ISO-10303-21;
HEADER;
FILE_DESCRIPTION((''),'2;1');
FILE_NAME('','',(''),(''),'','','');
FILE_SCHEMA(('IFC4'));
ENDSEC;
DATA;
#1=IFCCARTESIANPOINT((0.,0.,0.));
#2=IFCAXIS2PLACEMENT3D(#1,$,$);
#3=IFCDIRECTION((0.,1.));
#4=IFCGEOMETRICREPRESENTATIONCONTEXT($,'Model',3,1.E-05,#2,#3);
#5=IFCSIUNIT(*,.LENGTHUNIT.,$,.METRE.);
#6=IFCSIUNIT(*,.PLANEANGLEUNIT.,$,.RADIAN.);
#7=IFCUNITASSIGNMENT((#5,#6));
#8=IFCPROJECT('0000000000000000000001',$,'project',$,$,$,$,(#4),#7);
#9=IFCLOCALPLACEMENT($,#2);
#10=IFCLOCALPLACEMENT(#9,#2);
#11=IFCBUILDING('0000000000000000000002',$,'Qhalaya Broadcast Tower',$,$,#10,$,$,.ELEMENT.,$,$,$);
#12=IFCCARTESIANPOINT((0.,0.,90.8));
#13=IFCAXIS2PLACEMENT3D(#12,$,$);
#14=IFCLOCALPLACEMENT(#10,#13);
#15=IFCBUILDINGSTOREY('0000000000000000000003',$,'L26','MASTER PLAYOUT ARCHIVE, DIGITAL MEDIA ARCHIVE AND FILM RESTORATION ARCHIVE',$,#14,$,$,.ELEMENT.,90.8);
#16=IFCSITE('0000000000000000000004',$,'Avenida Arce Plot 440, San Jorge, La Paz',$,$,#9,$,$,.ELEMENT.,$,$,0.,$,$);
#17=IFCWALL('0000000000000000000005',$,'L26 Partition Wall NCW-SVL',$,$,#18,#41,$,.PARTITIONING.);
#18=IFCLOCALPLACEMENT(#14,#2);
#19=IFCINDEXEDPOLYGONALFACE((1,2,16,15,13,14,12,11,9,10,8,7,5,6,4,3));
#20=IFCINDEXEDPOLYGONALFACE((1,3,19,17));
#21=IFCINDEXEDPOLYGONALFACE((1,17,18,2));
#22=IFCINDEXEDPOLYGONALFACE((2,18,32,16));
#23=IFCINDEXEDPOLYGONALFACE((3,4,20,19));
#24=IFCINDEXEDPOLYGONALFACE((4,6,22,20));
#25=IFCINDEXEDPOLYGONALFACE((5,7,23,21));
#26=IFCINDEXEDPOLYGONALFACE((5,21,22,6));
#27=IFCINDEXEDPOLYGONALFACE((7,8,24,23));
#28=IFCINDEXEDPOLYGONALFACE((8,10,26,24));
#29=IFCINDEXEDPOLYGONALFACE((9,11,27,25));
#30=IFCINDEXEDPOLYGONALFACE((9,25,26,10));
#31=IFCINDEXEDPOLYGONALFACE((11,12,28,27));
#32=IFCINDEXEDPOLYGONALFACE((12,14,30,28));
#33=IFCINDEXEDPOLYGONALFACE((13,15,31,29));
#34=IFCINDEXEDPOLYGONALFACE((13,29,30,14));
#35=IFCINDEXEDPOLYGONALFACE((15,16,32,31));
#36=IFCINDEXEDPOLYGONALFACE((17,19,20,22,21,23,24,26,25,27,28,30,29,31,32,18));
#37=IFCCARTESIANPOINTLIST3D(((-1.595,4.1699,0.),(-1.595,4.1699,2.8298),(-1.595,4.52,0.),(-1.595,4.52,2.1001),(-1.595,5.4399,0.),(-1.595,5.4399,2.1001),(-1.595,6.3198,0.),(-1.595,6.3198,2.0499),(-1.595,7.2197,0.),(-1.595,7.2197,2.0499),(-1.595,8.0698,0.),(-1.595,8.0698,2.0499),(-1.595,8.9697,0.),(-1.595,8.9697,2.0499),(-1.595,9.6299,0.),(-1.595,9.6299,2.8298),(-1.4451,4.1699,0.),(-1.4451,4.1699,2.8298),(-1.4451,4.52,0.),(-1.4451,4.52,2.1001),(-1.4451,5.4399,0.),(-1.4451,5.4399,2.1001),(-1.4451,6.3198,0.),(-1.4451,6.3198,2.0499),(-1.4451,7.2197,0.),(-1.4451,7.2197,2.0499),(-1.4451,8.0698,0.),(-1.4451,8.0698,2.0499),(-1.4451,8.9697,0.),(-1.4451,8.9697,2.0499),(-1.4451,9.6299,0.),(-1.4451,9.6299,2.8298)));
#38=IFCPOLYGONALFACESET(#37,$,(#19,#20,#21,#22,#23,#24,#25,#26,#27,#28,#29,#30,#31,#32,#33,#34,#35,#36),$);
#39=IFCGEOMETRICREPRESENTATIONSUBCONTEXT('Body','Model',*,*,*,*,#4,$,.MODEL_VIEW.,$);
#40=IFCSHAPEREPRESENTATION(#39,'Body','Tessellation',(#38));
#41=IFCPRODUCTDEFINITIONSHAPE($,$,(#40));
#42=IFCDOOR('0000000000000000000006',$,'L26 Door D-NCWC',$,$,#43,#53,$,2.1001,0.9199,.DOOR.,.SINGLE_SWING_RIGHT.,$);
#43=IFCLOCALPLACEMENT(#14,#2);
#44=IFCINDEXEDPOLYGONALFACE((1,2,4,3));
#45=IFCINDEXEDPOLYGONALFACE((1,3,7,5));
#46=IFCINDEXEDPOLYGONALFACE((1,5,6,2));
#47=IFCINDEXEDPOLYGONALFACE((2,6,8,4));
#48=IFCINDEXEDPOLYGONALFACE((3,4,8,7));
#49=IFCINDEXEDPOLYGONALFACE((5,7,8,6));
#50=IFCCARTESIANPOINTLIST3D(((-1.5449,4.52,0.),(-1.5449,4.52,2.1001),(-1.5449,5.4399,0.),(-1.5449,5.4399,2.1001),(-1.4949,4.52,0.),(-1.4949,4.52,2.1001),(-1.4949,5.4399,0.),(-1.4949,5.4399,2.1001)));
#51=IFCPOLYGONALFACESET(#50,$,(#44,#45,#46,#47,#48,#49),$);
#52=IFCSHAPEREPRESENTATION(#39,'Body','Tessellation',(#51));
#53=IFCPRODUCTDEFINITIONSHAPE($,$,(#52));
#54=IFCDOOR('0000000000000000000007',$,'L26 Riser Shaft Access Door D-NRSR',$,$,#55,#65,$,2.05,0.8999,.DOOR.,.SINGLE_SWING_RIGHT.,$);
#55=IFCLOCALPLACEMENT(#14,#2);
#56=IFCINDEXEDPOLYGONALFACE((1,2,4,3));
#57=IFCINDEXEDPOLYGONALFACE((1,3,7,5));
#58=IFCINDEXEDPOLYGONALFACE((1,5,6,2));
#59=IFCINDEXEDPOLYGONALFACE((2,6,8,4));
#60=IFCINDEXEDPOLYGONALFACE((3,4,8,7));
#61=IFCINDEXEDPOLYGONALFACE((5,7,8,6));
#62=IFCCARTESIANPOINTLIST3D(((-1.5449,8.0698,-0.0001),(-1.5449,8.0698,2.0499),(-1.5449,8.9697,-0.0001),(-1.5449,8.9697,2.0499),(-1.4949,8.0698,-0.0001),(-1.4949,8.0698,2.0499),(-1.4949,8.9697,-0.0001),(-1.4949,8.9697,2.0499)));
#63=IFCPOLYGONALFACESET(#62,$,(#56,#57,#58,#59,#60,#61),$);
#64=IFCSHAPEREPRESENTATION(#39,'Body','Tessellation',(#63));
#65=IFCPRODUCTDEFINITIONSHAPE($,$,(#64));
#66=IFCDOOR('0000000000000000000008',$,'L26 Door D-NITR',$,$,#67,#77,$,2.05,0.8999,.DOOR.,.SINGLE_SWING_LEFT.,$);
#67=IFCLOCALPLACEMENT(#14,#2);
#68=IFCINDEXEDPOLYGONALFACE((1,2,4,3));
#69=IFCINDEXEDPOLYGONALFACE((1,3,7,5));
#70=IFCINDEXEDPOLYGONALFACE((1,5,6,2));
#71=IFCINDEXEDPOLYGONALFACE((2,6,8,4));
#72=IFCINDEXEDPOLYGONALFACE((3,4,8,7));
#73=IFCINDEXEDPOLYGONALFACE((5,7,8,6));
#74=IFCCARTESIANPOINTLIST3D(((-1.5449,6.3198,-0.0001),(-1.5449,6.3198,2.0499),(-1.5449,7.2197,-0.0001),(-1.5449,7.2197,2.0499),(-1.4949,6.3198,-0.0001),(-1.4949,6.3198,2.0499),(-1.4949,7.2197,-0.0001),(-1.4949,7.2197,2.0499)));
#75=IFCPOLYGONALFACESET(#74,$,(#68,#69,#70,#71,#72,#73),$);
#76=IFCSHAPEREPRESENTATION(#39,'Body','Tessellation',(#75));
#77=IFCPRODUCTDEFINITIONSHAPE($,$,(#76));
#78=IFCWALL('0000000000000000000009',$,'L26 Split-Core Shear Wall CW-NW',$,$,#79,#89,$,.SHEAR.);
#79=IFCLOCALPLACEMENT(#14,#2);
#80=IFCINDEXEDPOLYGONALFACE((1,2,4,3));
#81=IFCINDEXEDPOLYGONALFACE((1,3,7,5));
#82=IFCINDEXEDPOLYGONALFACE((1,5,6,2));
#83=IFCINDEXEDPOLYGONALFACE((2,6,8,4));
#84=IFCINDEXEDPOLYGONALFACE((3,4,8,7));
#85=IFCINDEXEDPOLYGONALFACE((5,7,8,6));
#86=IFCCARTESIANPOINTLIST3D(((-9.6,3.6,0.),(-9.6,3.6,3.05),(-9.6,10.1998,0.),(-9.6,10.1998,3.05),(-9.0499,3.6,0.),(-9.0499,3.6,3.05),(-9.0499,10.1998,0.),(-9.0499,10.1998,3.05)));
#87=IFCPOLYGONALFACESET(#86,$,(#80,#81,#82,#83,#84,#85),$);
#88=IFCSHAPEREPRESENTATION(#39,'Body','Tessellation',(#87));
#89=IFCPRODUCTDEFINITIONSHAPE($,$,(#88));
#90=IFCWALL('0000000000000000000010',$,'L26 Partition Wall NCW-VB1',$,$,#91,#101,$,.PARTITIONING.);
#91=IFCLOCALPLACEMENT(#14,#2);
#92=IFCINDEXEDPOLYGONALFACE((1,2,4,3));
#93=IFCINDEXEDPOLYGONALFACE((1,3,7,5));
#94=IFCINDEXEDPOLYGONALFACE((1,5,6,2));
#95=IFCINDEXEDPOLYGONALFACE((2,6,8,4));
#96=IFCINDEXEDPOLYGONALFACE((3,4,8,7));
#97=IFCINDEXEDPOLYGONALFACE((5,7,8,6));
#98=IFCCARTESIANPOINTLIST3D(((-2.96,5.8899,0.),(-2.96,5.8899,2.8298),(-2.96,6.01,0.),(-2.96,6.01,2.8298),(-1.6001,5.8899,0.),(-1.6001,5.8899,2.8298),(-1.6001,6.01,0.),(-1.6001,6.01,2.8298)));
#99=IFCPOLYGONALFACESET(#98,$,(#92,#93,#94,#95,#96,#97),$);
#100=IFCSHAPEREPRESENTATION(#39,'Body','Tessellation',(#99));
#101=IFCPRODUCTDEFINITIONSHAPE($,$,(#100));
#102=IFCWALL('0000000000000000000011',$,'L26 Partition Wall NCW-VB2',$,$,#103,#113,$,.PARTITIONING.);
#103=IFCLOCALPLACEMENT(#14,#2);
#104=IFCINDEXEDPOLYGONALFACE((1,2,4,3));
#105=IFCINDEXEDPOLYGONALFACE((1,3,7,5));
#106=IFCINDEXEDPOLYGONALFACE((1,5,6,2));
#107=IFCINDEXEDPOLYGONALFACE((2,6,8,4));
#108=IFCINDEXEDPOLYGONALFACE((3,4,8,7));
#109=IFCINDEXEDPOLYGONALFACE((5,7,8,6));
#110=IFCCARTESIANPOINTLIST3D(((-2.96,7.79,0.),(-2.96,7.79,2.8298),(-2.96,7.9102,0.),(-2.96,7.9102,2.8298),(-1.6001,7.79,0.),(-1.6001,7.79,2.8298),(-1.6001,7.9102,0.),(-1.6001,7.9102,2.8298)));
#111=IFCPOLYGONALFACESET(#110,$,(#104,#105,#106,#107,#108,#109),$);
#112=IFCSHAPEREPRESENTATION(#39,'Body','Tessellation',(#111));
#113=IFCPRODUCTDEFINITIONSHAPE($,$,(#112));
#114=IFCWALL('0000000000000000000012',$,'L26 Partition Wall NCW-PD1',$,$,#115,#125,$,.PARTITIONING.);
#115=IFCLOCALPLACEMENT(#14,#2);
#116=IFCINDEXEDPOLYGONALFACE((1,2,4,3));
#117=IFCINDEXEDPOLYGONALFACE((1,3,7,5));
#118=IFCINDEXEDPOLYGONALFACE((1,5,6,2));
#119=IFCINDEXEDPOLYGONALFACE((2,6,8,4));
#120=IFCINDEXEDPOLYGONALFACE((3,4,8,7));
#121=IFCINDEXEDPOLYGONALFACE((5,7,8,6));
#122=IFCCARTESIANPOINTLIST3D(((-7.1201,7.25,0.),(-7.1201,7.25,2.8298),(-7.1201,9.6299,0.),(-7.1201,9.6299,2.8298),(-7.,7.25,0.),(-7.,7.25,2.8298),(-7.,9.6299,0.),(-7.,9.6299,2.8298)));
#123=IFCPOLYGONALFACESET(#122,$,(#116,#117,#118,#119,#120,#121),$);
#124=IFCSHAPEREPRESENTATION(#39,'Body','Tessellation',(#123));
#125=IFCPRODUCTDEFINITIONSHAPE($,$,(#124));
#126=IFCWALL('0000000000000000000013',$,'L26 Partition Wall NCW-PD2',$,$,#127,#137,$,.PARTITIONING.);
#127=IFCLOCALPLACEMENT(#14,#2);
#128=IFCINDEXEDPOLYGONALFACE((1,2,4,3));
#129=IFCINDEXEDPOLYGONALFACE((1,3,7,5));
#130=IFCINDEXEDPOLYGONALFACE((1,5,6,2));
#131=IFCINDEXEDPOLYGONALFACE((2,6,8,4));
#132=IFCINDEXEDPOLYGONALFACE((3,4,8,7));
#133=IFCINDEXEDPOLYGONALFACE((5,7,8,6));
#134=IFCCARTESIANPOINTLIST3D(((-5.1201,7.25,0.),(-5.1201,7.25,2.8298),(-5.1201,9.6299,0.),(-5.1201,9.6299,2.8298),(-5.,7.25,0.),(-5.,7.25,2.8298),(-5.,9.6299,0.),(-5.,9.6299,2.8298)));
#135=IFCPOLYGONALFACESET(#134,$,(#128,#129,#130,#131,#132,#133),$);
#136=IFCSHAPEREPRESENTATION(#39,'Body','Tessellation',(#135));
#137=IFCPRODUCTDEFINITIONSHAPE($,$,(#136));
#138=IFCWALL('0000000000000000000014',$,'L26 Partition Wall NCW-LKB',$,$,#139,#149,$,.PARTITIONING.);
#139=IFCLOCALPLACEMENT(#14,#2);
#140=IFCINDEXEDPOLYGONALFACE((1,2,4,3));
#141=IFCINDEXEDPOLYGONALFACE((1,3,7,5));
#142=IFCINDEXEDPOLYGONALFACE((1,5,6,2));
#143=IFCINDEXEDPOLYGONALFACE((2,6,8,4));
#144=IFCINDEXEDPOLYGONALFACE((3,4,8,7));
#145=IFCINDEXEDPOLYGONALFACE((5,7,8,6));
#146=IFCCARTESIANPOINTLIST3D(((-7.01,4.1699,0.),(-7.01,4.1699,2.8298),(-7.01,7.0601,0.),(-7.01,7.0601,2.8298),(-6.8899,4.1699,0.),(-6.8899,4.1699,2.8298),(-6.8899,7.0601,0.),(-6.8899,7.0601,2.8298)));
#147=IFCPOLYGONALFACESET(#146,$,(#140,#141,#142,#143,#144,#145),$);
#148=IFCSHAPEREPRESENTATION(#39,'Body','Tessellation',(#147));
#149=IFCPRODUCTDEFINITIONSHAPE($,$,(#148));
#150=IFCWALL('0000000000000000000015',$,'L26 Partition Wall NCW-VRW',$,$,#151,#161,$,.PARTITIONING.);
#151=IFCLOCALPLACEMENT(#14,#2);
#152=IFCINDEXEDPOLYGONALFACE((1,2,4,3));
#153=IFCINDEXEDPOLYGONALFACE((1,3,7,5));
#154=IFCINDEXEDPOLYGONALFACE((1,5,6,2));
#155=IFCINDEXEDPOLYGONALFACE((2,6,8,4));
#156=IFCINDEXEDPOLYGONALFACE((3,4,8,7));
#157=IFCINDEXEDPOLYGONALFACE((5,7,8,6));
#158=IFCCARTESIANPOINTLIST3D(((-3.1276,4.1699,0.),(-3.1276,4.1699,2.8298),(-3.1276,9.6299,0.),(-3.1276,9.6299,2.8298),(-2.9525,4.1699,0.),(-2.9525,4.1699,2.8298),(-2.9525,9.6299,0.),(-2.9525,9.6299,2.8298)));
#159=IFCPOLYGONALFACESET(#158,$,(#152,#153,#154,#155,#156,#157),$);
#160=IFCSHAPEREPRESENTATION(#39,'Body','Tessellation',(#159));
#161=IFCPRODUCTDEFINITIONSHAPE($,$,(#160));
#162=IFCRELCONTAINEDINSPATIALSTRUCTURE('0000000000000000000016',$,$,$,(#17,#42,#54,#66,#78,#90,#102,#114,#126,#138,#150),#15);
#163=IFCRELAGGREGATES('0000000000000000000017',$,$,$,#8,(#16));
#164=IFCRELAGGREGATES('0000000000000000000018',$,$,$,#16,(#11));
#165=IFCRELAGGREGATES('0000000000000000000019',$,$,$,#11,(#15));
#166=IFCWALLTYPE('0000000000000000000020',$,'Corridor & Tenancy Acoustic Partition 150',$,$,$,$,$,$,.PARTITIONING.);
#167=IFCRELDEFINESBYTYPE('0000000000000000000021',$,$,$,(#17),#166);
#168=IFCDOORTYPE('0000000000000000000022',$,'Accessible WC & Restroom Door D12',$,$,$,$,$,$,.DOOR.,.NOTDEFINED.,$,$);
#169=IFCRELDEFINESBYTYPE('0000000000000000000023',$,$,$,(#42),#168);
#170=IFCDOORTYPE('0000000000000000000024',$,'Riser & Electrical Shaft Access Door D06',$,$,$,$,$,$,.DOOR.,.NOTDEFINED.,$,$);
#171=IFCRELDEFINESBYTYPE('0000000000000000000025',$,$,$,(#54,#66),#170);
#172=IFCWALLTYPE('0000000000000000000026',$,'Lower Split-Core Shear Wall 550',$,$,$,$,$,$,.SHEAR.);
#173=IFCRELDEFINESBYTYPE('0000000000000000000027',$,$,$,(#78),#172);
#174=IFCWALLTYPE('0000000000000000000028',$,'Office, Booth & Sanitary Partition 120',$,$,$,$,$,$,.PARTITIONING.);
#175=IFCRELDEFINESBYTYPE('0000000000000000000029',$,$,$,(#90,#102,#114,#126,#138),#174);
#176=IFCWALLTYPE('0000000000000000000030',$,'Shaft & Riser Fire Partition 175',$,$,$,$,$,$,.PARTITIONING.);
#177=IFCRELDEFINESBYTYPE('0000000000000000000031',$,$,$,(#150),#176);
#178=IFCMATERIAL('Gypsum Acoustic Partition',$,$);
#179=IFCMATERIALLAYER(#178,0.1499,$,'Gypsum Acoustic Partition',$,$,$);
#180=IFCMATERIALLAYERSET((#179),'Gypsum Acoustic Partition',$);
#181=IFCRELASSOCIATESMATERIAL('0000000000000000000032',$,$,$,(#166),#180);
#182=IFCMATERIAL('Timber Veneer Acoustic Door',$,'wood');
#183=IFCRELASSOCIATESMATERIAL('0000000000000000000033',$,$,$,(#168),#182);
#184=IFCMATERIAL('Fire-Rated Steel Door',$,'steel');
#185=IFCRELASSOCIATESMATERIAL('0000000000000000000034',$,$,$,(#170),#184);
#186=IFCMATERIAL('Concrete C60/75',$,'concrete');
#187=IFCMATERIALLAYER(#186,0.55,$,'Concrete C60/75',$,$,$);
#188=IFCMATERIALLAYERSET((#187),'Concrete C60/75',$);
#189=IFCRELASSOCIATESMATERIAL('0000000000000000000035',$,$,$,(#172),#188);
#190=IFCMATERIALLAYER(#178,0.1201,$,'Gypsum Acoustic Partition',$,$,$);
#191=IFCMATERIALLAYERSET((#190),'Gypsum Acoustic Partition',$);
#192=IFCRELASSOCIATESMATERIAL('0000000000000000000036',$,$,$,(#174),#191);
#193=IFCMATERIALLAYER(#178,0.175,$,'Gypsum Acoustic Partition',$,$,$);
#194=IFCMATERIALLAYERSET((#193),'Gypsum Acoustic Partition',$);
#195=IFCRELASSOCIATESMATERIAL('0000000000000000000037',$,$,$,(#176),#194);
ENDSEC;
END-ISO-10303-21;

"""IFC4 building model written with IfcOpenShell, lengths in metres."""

from ifc_helpers import new_model, si_unit, direction, frame, frame_2d, origin, place, context, subcontext, project, spatial, rectangle, extrude, material, layer, layer_set, type_object, element, fill, save


model = new_model("IFC4")

# Units and contexts
model_context = context("Model", 3, precision=1e-05, world=origin(), true_north=direction((0.0, 1.0)))
body_context = subcontext(model_context, "Body", "Model", "MODEL_VIEW")
ifc_project = project(units=[si_unit("LENGTHUNIT", "METRE"), si_unit("PLANEANGLEUNIT", "RADIAN")], contexts=[model_context])

# Site, building, storey
site_placement = place(None, origin())
site = spatial("IfcSite", under=ifc_project, at=site_placement, Name="Avenida Arce Plot 440, San Jorge, La Paz", CompositionType="ELEMENT", RefElevation=0.0)
building_placement = place(site_placement, origin())
building = spatial("IfcBuilding", under=site, at=building_placement, Name="Qhalaya Broadcast Tower", CompositionType="ELEMENT")
storey_placement = place(building_placement, frame((0.0, 0.0, 90.8)))
storey = spatial("IfcBuildingStorey", under=building, at=storey_placement, Name="L26", Description="MASTER PLAYOUT ARCHIVE, DIGITAL MEDIA ARCHIVE AND FILM RESTORATION ARCHIVE", CompositionType="ELEMENT", Elevation=90.8)

# Wall, openings, doors
ifc_material_1 = material(Name="Gypsum Acoustic Partition")
ifc_layer_1 = layer(ifc_material_1, 0.1499, Name="Gypsum Acoustic Partition")
ifc_layer_set_1 = layer_set([ifc_layer_1], Name="Gypsum Acoustic Partition")
wall_type_1 = type_object("IfcWallType", Name="Corridor & Tenancy Acoustic Partition 150", PredefinedType="PARTITIONING", material=ifc_layer_set_1)
wall_1_placement = place(storey_placement, frame((-1.52, 4.1699, 0.0), z_axis=(0.0, 0.0, 1.0), x_axis=(0.0, 1.0, 0.0)))
wall_1 = element("IfcWall", 1, at=wall_1_placement, inside=storey, type_object=wall_type_1, Name="L26 Partition Wall NCW-SVL", PredefinedType="PARTITIONING", context=body_context, shape_type="SweptSolid", body=[
    extrude(rectangle(XDim=5.46, YDim=0.1499, at=frame_2d((2.73, 0.0))), origin(), (0.0, 0.0, 1.0), 2.8298),
])
opening_1_placement = place(wall_1_placement, frame((3.8999, 0.0, 0.0)))
opening_1 = element("IfcOpeningElement", 2, at=opening_1_placement, cuts=wall_1, PredefinedType="OPENING", context=body_context, shape_type="SweptSolid", body=[
    extrude(rectangle(XDim=0.8999, YDim=2.05, at=frame_2d((0.45, 1.0249))), frame((0.0, 0.0869, 0.0), z_axis=(0.0, -1.0, 0.0), x_axis=(1.0, 0.0, 0.0)), (0.0, 0.0, 1.0), 0.1738),
])
opening_2_placement = place(wall_1_placement, frame((2.1499, 0.0, 0.0)))
opening_2 = element("IfcOpeningElement", 3, at=opening_2_placement, cuts=wall_1, PredefinedType="OPENING", context=body_context, shape_type="SweptSolid", body=[
    extrude(rectangle(XDim=0.8999, YDim=2.05, at=frame_2d((0.45, 1.0249))), frame((0.0, 0.0869, 0.0), z_axis=(0.0, -1.0, 0.0), x_axis=(1.0, 0.0, 0.0)), (0.0, 0.0, 1.0), 0.1738),
])
opening_3_placement = place(wall_1_placement, frame((0.3501, 0.0, 0.0)))
opening_3 = element("IfcOpeningElement", 4, at=opening_3_placement, cuts=wall_1, PredefinedType="OPENING", context=body_context, shape_type="SweptSolid", body=[
    extrude(rectangle(XDim=0.9199, YDim=2.1001, at=frame_2d((0.46, 1.05))), frame((0.0, 0.0869, 0.0), z_axis=(0.0, -1.0, 0.0), x_axis=(1.0, 0.0, 0.0)), (0.0, 0.0, 1.0), 0.1738),
])
ifc_material_2 = material(Name="Timber Veneer Acoustic Door", Category="wood")
door_type_1 = type_object("IfcDoorType", Name="Accessible WC & Restroom Door D12", OperationType="NOTDEFINED", PredefinedType="DOOR", material=ifc_material_2)
door_1_placement = place(opening_3_placement, origin())
door_1 = element("IfcDoor", 5, at=door_1_placement, inside=storey, type_object=door_type_1, Name="L26 Door D-NCWC", OperationType="SINGLE_SWING_RIGHT", OverallHeight=2.1001, OverallWidth=0.9199, PredefinedType="DOOR", context=body_context, shape_type="SweptSolid", body=[
    extrude(rectangle(XDim=0.9199, YDim=2.1001, at=frame_2d((0.46, 1.05))), frame((0.0, 0.0249, 0.0), z_axis=(0.0, -1.0, 0.0), x_axis=(1.0, 0.0, 0.0)), (0.0, 0.0, 1.0), 0.05),
])
fill(opening_3, door_1)
ifc_material_3 = material(Name="Fire-Rated Steel Door", Category="steel")
door_type_2 = type_object("IfcDoorType", Name="Riser & Electrical Shaft Access Door D06", OperationType="NOTDEFINED", PredefinedType="DOOR", material=ifc_material_3)
door_2_placement = place(opening_1_placement, origin())
door_2 = element("IfcDoor", 6, at=door_2_placement, inside=storey, type_object=door_type_2, Name="L26 Riser Shaft Access Door D-NRSR", OperationType="SINGLE_SWING_RIGHT", OverallHeight=2.05, OverallWidth=0.8999, PredefinedType="DOOR", context=body_context, shape_type="SweptSolid", body=[
    extrude(rectangle(XDim=0.8999, YDim=2.05, at=frame_2d((0.45, 1.0249))), frame((0.0, 0.0249, 0.0), z_axis=(0.0, -1.0, 0.0), x_axis=(1.0, 0.0, 0.0)), (0.0, 0.0, 1.0), 0.05),
])
fill(opening_1, door_2)
door_3_placement = place(opening_2_placement, origin())
door_3 = element("IfcDoor", 7, at=door_3_placement, inside=storey, type_object=door_type_2, Name="L26 Door D-NITR", OperationType="SINGLE_SWING_LEFT", OverallHeight=2.05, OverallWidth=0.8999, PredefinedType="DOOR", context=body_context, shape_type="SweptSolid", body=[
    extrude(rectangle(XDim=0.8999, YDim=2.05, at=frame_2d((0.45, 1.0249))), frame((0.0, 0.0249, 0.0), z_axis=(0.0, -1.0, 0.0), x_axis=(1.0, 0.0, 0.0)), (0.0, 0.0, 1.0), 0.05),
])
fill(opening_2, door_3)

# Walls
ifc_material_4 = material(Name="Concrete C60/75", Category="concrete")
ifc_layer_2 = layer(ifc_material_4, 0.55, Name="Concrete C60/75")
ifc_layer_set_2 = layer_set([ifc_layer_2], Name="Concrete C60/75")
wall_type_2 = type_object("IfcWallType", Name="Lower Split-Core Shear Wall 550", PredefinedType="SHEAR", material=ifc_layer_set_2)
wall_2_placement = place(storey_placement, frame((-9.325, 3.6001, 0.0), z_axis=(0.0, 0.0, 1.0), x_axis=(0.0, 1.0, 0.0)))
element("IfcWall", 8, at=wall_2_placement, inside=storey, type_object=wall_type_2, Name="L26 Split-Core Shear Wall CW-NW", PredefinedType="SHEAR", context=body_context, shape_type="SweptSolid", body=[
    extrude(rectangle(XDim=6.5999, YDim=0.55, at=frame_2d((3.2998, 0.0))), origin(), (0.0, 0.0, 1.0), 3.05),
])
ifc_layer_3 = layer(ifc_material_1, 0.1201, Name="Gypsum Acoustic Partition")
ifc_layer_set_3 = layer_set([ifc_layer_3], Name="Gypsum Acoustic Partition")
wall_type_3 = type_object("IfcWallType", Name="Office, Booth & Sanitary Partition 120", PredefinedType="PARTITIONING", material=ifc_layer_set_3)
for number, where, z_axis, x_axis, name in (
    (9, (-2.96, 5.95, 0.0), (0.0, 0.0, 1.0), (1.0, 0.0, 0.0), "L26 Partition Wall NCW-VB1"),
    (10, (-2.96, 7.8501, 0.0), (0.0, 0.0, 1.0), (1.0, 0.0, 0.0), "L26 Partition Wall NCW-VB2"),
):
    element("IfcWall", number, at=place(storey_placement, frame(where, z_axis=z_axis, x_axis=x_axis)), inside=storey, type_object=wall_type_3, Name=name, PredefinedType="PARTITIONING", context=body_context, shape_type="SweptSolid", body=[
        extrude(rectangle(XDim=1.3599, YDim=0.1201, at=frame_2d((0.6799, 0.0))), origin(), (0.0, 0.0, 1.0), 2.8298),
    ])
for number, where, z_axis, x_axis, name in (
    (11, (-7.0601, 7.25, 0.0), (0.0, 0.0, 1.0), (0.0, 1.0, 0.0), "L26 Partition Wall NCW-PD1"),
    (12, (-5.0601, 7.25, 0.0), (0.0, 0.0, 1.0), (0.0, 1.0, 0.0), "L26 Partition Wall NCW-PD2"),
):
    element("IfcWall", number, at=place(storey_placement, frame(where, z_axis=z_axis, x_axis=x_axis)), inside=storey, type_object=wall_type_3, Name=name, PredefinedType="PARTITIONING", context=body_context, shape_type="SweptSolid", body=[
        extrude(rectangle(XDim=2.3799, YDim=0.1201, at=frame_2d((1.1899, 0.0))), origin(), (0.0, 0.0, 1.0), 2.8298),
    ])
wall_3_placement = place(storey_placement, frame((-6.95, 4.1699, 0.0), z_axis=(0.0, 0.0, 1.0), x_axis=(0.0, 1.0, 0.0)))
element("IfcWall", 13, at=wall_3_placement, inside=storey, type_object=wall_type_3, Name="L26 Partition Wall NCW-LKB", PredefinedType="PARTITIONING", context=body_context, shape_type="SweptSolid", body=[
    extrude(rectangle(XDim=2.8901, YDim=0.1201, at=frame_2d((1.4451, 0.0))), origin(), (0.0, 0.0, 1.0), 2.8298),
])
ifc_layer_4 = layer(ifc_material_1, 0.175, Name="Gypsum Acoustic Partition")
ifc_layer_set_4 = layer_set([ifc_layer_4], Name="Gypsum Acoustic Partition")
wall_type_4 = type_object("IfcWallType", Name="Shaft & Riser Fire Partition 175", PredefinedType="PARTITIONING", material=ifc_layer_set_4)
wall_4_placement = place(storey_placement, frame((-3.04, 4.1699, 0.0), z_axis=(0.0, 0.0, 1.0), x_axis=(0.0, 1.0, 0.0)))
element("IfcWall", 14, at=wall_4_placement, inside=storey, type_object=wall_type_4, Name="L26 Partition Wall NCW-VRW", PredefinedType="PARTITIONING", context=body_context, shape_type="SweptSolid", body=[
    extrude(rectangle(XDim=5.46, YDim=0.175, at=frame_2d((2.73, 0.0))), origin(), (0.0, 0.0, 1.0), 2.8298),
])

save(model, "model.ifc")
